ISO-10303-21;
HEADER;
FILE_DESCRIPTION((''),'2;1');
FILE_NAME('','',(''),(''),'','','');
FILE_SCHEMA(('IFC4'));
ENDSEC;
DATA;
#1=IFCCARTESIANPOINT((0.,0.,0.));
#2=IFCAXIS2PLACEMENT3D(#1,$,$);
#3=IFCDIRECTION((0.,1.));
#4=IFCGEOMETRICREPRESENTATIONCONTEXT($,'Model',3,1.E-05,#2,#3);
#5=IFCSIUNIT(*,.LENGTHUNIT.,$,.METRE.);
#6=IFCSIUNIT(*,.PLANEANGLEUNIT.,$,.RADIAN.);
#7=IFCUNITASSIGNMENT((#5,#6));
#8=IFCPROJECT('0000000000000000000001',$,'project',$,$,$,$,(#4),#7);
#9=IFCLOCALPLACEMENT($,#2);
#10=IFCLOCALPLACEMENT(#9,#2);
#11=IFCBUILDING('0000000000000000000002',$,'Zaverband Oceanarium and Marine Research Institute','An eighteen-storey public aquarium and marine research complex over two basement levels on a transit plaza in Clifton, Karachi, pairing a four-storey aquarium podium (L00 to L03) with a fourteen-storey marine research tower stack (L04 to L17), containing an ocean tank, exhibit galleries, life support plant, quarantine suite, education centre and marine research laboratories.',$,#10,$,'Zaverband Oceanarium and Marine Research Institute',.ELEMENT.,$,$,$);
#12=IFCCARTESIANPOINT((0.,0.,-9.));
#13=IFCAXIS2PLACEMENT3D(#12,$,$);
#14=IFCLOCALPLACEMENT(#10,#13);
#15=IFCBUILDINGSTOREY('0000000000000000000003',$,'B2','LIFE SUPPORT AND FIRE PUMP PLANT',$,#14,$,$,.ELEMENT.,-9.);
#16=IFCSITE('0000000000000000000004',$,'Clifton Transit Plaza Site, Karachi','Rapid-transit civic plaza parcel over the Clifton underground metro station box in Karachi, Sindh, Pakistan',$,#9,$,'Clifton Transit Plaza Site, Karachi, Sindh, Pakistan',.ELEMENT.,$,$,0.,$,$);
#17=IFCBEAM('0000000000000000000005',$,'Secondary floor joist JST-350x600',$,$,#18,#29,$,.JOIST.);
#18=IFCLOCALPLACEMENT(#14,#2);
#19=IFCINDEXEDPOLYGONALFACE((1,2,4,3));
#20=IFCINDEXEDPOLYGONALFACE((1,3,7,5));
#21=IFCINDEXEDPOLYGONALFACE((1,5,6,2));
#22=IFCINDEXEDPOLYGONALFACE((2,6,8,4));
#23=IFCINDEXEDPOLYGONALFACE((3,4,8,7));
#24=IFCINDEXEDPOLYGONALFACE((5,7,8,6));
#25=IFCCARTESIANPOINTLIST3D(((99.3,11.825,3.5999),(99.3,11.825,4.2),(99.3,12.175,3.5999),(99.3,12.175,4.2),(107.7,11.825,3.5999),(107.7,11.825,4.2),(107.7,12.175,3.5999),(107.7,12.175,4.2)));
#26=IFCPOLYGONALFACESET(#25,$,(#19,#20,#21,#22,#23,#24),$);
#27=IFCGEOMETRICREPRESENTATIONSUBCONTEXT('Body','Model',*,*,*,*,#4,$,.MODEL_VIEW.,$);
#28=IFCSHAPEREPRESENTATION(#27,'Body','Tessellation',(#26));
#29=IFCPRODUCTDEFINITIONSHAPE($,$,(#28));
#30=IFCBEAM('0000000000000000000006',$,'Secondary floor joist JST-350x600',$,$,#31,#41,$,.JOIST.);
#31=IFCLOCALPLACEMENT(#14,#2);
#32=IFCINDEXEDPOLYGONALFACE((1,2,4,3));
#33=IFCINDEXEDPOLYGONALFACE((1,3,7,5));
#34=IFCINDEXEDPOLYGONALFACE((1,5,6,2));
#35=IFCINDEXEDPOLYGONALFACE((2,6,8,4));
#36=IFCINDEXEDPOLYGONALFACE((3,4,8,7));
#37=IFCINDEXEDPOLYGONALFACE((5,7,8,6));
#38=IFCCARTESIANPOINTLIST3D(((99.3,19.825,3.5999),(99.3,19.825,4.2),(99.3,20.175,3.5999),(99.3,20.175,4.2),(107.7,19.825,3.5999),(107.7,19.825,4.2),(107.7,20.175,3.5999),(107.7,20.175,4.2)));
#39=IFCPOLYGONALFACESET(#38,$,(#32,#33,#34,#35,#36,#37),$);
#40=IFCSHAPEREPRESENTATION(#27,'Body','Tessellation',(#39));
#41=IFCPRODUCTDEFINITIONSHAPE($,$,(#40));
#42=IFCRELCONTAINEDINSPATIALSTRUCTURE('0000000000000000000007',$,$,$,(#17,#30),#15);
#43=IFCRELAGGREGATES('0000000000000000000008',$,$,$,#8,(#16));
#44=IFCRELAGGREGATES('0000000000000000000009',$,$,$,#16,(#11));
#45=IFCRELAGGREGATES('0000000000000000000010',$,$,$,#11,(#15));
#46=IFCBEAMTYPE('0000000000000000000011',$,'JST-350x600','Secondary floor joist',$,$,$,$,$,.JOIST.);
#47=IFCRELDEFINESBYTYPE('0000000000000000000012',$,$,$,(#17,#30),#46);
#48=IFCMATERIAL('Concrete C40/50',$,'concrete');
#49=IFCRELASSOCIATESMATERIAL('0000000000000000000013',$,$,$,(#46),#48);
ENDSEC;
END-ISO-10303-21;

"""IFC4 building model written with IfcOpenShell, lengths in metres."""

from ifc_helpers import new_model, si_unit, direction, frame, origin, origin_2d, place, context, subcontext, project, spatial, rectangle, extrude, material, material_profile, profile_set, type_object, element, save


model = new_model("IFC4")

# Units and contexts
model_context = context("Model", 3, precision=1e-05, world=origin(), true_north=direction((0.0, 1.0)))
body_context = subcontext(model_context, "Body", "Model", "MODEL_VIEW")
ifc_project = project(units=[si_unit("LENGTHUNIT", "METRE"), si_unit("PLANEANGLEUNIT", "RADIAN")], contexts=[model_context])

# Site, building, storey
site_placement = place(None, origin())
site = spatial("IfcSite", under=ifc_project, at=site_placement, Name="Clifton Transit Plaza Site, Karachi", Description="Rapid-transit civic plaza parcel over the Clifton underground metro station box in Karachi, Sindh, Pakistan", LongName="Clifton Transit Plaza Site, Karachi, Sindh, Pakistan", CompositionType="ELEMENT", RefElevation=0.0)
building_placement = place(site_placement, origin())
building = spatial("IfcBuilding", under=site, at=building_placement, Name="Zaverband Oceanarium and Marine Research Institute", Description="An eighteen-storey public aquarium and marine research complex over two basement levels on a transit plaza in Clifton, Karachi, pairing a four-storey aquarium podium (L00 to L03) with a fourteen-storey marine research tower stack (L04 to L17), containing an ocean tank, exhibit galleries, life support plant, quarantine suite, education centre and marine research laboratories.", LongName="Zaverband Oceanarium and Marine Research Institute", CompositionType="ELEMENT")
storey_placement = place(building_placement, frame((0.0, 0.0, -9.0)))
storey = spatial("IfcBuildingStorey", under=building, at=storey_placement, Name="B2", Description="LIFE SUPPORT AND FIRE PUMP PLANT", CompositionType="ELEMENT", Elevation=-9.0)

# Beams
ifc_material_1 = material(Name="Concrete C40/50", Category="concrete")
ifc_material_profile_1 = material_profile(ifc_material_1, rectangle(XDim=0.3501, YDim=0.6001, at=origin_2d()), Name="RC350x600")
ifc_profile_set_1 = profile_set([ifc_material_profile_1], Name="Concrete C40/50")
beam_type_1 = type_object("IfcBeamType", Name="JST-350x600", Description="Secondary floor joist", PredefinedType="JOIST", material=ifc_profile_set_1)
for number, where, z_axis, x_axis, name in (
    (1, (99.3, 12.0, 3.8999), (1.0, 0.0, 0.0), (0.0, 1.0, 0.0), "Secondary floor joist JST-350x600"),
    (2, (99.3, 20.0, 3.8999), (1.0, 0.0, 0.0), (0.0, 1.0, 0.0), "Secondary floor joist JST-350x600"),
):
    element("IfcBeam", number, at=place(storey_placement, frame(where, z_axis=z_axis, x_axis=x_axis)), inside=storey, type_object=beam_type_1, Name=name, PredefinedType="JOIST", context=body_context, shape_type="SweptSolid", body=[
        extrude(rectangle(XDim=0.3501, YDim=0.6001, at=origin_2d()), origin(), (0.0, 0.0, 1.0), 8.3999),
    ])

save(model, "model.ifc")
